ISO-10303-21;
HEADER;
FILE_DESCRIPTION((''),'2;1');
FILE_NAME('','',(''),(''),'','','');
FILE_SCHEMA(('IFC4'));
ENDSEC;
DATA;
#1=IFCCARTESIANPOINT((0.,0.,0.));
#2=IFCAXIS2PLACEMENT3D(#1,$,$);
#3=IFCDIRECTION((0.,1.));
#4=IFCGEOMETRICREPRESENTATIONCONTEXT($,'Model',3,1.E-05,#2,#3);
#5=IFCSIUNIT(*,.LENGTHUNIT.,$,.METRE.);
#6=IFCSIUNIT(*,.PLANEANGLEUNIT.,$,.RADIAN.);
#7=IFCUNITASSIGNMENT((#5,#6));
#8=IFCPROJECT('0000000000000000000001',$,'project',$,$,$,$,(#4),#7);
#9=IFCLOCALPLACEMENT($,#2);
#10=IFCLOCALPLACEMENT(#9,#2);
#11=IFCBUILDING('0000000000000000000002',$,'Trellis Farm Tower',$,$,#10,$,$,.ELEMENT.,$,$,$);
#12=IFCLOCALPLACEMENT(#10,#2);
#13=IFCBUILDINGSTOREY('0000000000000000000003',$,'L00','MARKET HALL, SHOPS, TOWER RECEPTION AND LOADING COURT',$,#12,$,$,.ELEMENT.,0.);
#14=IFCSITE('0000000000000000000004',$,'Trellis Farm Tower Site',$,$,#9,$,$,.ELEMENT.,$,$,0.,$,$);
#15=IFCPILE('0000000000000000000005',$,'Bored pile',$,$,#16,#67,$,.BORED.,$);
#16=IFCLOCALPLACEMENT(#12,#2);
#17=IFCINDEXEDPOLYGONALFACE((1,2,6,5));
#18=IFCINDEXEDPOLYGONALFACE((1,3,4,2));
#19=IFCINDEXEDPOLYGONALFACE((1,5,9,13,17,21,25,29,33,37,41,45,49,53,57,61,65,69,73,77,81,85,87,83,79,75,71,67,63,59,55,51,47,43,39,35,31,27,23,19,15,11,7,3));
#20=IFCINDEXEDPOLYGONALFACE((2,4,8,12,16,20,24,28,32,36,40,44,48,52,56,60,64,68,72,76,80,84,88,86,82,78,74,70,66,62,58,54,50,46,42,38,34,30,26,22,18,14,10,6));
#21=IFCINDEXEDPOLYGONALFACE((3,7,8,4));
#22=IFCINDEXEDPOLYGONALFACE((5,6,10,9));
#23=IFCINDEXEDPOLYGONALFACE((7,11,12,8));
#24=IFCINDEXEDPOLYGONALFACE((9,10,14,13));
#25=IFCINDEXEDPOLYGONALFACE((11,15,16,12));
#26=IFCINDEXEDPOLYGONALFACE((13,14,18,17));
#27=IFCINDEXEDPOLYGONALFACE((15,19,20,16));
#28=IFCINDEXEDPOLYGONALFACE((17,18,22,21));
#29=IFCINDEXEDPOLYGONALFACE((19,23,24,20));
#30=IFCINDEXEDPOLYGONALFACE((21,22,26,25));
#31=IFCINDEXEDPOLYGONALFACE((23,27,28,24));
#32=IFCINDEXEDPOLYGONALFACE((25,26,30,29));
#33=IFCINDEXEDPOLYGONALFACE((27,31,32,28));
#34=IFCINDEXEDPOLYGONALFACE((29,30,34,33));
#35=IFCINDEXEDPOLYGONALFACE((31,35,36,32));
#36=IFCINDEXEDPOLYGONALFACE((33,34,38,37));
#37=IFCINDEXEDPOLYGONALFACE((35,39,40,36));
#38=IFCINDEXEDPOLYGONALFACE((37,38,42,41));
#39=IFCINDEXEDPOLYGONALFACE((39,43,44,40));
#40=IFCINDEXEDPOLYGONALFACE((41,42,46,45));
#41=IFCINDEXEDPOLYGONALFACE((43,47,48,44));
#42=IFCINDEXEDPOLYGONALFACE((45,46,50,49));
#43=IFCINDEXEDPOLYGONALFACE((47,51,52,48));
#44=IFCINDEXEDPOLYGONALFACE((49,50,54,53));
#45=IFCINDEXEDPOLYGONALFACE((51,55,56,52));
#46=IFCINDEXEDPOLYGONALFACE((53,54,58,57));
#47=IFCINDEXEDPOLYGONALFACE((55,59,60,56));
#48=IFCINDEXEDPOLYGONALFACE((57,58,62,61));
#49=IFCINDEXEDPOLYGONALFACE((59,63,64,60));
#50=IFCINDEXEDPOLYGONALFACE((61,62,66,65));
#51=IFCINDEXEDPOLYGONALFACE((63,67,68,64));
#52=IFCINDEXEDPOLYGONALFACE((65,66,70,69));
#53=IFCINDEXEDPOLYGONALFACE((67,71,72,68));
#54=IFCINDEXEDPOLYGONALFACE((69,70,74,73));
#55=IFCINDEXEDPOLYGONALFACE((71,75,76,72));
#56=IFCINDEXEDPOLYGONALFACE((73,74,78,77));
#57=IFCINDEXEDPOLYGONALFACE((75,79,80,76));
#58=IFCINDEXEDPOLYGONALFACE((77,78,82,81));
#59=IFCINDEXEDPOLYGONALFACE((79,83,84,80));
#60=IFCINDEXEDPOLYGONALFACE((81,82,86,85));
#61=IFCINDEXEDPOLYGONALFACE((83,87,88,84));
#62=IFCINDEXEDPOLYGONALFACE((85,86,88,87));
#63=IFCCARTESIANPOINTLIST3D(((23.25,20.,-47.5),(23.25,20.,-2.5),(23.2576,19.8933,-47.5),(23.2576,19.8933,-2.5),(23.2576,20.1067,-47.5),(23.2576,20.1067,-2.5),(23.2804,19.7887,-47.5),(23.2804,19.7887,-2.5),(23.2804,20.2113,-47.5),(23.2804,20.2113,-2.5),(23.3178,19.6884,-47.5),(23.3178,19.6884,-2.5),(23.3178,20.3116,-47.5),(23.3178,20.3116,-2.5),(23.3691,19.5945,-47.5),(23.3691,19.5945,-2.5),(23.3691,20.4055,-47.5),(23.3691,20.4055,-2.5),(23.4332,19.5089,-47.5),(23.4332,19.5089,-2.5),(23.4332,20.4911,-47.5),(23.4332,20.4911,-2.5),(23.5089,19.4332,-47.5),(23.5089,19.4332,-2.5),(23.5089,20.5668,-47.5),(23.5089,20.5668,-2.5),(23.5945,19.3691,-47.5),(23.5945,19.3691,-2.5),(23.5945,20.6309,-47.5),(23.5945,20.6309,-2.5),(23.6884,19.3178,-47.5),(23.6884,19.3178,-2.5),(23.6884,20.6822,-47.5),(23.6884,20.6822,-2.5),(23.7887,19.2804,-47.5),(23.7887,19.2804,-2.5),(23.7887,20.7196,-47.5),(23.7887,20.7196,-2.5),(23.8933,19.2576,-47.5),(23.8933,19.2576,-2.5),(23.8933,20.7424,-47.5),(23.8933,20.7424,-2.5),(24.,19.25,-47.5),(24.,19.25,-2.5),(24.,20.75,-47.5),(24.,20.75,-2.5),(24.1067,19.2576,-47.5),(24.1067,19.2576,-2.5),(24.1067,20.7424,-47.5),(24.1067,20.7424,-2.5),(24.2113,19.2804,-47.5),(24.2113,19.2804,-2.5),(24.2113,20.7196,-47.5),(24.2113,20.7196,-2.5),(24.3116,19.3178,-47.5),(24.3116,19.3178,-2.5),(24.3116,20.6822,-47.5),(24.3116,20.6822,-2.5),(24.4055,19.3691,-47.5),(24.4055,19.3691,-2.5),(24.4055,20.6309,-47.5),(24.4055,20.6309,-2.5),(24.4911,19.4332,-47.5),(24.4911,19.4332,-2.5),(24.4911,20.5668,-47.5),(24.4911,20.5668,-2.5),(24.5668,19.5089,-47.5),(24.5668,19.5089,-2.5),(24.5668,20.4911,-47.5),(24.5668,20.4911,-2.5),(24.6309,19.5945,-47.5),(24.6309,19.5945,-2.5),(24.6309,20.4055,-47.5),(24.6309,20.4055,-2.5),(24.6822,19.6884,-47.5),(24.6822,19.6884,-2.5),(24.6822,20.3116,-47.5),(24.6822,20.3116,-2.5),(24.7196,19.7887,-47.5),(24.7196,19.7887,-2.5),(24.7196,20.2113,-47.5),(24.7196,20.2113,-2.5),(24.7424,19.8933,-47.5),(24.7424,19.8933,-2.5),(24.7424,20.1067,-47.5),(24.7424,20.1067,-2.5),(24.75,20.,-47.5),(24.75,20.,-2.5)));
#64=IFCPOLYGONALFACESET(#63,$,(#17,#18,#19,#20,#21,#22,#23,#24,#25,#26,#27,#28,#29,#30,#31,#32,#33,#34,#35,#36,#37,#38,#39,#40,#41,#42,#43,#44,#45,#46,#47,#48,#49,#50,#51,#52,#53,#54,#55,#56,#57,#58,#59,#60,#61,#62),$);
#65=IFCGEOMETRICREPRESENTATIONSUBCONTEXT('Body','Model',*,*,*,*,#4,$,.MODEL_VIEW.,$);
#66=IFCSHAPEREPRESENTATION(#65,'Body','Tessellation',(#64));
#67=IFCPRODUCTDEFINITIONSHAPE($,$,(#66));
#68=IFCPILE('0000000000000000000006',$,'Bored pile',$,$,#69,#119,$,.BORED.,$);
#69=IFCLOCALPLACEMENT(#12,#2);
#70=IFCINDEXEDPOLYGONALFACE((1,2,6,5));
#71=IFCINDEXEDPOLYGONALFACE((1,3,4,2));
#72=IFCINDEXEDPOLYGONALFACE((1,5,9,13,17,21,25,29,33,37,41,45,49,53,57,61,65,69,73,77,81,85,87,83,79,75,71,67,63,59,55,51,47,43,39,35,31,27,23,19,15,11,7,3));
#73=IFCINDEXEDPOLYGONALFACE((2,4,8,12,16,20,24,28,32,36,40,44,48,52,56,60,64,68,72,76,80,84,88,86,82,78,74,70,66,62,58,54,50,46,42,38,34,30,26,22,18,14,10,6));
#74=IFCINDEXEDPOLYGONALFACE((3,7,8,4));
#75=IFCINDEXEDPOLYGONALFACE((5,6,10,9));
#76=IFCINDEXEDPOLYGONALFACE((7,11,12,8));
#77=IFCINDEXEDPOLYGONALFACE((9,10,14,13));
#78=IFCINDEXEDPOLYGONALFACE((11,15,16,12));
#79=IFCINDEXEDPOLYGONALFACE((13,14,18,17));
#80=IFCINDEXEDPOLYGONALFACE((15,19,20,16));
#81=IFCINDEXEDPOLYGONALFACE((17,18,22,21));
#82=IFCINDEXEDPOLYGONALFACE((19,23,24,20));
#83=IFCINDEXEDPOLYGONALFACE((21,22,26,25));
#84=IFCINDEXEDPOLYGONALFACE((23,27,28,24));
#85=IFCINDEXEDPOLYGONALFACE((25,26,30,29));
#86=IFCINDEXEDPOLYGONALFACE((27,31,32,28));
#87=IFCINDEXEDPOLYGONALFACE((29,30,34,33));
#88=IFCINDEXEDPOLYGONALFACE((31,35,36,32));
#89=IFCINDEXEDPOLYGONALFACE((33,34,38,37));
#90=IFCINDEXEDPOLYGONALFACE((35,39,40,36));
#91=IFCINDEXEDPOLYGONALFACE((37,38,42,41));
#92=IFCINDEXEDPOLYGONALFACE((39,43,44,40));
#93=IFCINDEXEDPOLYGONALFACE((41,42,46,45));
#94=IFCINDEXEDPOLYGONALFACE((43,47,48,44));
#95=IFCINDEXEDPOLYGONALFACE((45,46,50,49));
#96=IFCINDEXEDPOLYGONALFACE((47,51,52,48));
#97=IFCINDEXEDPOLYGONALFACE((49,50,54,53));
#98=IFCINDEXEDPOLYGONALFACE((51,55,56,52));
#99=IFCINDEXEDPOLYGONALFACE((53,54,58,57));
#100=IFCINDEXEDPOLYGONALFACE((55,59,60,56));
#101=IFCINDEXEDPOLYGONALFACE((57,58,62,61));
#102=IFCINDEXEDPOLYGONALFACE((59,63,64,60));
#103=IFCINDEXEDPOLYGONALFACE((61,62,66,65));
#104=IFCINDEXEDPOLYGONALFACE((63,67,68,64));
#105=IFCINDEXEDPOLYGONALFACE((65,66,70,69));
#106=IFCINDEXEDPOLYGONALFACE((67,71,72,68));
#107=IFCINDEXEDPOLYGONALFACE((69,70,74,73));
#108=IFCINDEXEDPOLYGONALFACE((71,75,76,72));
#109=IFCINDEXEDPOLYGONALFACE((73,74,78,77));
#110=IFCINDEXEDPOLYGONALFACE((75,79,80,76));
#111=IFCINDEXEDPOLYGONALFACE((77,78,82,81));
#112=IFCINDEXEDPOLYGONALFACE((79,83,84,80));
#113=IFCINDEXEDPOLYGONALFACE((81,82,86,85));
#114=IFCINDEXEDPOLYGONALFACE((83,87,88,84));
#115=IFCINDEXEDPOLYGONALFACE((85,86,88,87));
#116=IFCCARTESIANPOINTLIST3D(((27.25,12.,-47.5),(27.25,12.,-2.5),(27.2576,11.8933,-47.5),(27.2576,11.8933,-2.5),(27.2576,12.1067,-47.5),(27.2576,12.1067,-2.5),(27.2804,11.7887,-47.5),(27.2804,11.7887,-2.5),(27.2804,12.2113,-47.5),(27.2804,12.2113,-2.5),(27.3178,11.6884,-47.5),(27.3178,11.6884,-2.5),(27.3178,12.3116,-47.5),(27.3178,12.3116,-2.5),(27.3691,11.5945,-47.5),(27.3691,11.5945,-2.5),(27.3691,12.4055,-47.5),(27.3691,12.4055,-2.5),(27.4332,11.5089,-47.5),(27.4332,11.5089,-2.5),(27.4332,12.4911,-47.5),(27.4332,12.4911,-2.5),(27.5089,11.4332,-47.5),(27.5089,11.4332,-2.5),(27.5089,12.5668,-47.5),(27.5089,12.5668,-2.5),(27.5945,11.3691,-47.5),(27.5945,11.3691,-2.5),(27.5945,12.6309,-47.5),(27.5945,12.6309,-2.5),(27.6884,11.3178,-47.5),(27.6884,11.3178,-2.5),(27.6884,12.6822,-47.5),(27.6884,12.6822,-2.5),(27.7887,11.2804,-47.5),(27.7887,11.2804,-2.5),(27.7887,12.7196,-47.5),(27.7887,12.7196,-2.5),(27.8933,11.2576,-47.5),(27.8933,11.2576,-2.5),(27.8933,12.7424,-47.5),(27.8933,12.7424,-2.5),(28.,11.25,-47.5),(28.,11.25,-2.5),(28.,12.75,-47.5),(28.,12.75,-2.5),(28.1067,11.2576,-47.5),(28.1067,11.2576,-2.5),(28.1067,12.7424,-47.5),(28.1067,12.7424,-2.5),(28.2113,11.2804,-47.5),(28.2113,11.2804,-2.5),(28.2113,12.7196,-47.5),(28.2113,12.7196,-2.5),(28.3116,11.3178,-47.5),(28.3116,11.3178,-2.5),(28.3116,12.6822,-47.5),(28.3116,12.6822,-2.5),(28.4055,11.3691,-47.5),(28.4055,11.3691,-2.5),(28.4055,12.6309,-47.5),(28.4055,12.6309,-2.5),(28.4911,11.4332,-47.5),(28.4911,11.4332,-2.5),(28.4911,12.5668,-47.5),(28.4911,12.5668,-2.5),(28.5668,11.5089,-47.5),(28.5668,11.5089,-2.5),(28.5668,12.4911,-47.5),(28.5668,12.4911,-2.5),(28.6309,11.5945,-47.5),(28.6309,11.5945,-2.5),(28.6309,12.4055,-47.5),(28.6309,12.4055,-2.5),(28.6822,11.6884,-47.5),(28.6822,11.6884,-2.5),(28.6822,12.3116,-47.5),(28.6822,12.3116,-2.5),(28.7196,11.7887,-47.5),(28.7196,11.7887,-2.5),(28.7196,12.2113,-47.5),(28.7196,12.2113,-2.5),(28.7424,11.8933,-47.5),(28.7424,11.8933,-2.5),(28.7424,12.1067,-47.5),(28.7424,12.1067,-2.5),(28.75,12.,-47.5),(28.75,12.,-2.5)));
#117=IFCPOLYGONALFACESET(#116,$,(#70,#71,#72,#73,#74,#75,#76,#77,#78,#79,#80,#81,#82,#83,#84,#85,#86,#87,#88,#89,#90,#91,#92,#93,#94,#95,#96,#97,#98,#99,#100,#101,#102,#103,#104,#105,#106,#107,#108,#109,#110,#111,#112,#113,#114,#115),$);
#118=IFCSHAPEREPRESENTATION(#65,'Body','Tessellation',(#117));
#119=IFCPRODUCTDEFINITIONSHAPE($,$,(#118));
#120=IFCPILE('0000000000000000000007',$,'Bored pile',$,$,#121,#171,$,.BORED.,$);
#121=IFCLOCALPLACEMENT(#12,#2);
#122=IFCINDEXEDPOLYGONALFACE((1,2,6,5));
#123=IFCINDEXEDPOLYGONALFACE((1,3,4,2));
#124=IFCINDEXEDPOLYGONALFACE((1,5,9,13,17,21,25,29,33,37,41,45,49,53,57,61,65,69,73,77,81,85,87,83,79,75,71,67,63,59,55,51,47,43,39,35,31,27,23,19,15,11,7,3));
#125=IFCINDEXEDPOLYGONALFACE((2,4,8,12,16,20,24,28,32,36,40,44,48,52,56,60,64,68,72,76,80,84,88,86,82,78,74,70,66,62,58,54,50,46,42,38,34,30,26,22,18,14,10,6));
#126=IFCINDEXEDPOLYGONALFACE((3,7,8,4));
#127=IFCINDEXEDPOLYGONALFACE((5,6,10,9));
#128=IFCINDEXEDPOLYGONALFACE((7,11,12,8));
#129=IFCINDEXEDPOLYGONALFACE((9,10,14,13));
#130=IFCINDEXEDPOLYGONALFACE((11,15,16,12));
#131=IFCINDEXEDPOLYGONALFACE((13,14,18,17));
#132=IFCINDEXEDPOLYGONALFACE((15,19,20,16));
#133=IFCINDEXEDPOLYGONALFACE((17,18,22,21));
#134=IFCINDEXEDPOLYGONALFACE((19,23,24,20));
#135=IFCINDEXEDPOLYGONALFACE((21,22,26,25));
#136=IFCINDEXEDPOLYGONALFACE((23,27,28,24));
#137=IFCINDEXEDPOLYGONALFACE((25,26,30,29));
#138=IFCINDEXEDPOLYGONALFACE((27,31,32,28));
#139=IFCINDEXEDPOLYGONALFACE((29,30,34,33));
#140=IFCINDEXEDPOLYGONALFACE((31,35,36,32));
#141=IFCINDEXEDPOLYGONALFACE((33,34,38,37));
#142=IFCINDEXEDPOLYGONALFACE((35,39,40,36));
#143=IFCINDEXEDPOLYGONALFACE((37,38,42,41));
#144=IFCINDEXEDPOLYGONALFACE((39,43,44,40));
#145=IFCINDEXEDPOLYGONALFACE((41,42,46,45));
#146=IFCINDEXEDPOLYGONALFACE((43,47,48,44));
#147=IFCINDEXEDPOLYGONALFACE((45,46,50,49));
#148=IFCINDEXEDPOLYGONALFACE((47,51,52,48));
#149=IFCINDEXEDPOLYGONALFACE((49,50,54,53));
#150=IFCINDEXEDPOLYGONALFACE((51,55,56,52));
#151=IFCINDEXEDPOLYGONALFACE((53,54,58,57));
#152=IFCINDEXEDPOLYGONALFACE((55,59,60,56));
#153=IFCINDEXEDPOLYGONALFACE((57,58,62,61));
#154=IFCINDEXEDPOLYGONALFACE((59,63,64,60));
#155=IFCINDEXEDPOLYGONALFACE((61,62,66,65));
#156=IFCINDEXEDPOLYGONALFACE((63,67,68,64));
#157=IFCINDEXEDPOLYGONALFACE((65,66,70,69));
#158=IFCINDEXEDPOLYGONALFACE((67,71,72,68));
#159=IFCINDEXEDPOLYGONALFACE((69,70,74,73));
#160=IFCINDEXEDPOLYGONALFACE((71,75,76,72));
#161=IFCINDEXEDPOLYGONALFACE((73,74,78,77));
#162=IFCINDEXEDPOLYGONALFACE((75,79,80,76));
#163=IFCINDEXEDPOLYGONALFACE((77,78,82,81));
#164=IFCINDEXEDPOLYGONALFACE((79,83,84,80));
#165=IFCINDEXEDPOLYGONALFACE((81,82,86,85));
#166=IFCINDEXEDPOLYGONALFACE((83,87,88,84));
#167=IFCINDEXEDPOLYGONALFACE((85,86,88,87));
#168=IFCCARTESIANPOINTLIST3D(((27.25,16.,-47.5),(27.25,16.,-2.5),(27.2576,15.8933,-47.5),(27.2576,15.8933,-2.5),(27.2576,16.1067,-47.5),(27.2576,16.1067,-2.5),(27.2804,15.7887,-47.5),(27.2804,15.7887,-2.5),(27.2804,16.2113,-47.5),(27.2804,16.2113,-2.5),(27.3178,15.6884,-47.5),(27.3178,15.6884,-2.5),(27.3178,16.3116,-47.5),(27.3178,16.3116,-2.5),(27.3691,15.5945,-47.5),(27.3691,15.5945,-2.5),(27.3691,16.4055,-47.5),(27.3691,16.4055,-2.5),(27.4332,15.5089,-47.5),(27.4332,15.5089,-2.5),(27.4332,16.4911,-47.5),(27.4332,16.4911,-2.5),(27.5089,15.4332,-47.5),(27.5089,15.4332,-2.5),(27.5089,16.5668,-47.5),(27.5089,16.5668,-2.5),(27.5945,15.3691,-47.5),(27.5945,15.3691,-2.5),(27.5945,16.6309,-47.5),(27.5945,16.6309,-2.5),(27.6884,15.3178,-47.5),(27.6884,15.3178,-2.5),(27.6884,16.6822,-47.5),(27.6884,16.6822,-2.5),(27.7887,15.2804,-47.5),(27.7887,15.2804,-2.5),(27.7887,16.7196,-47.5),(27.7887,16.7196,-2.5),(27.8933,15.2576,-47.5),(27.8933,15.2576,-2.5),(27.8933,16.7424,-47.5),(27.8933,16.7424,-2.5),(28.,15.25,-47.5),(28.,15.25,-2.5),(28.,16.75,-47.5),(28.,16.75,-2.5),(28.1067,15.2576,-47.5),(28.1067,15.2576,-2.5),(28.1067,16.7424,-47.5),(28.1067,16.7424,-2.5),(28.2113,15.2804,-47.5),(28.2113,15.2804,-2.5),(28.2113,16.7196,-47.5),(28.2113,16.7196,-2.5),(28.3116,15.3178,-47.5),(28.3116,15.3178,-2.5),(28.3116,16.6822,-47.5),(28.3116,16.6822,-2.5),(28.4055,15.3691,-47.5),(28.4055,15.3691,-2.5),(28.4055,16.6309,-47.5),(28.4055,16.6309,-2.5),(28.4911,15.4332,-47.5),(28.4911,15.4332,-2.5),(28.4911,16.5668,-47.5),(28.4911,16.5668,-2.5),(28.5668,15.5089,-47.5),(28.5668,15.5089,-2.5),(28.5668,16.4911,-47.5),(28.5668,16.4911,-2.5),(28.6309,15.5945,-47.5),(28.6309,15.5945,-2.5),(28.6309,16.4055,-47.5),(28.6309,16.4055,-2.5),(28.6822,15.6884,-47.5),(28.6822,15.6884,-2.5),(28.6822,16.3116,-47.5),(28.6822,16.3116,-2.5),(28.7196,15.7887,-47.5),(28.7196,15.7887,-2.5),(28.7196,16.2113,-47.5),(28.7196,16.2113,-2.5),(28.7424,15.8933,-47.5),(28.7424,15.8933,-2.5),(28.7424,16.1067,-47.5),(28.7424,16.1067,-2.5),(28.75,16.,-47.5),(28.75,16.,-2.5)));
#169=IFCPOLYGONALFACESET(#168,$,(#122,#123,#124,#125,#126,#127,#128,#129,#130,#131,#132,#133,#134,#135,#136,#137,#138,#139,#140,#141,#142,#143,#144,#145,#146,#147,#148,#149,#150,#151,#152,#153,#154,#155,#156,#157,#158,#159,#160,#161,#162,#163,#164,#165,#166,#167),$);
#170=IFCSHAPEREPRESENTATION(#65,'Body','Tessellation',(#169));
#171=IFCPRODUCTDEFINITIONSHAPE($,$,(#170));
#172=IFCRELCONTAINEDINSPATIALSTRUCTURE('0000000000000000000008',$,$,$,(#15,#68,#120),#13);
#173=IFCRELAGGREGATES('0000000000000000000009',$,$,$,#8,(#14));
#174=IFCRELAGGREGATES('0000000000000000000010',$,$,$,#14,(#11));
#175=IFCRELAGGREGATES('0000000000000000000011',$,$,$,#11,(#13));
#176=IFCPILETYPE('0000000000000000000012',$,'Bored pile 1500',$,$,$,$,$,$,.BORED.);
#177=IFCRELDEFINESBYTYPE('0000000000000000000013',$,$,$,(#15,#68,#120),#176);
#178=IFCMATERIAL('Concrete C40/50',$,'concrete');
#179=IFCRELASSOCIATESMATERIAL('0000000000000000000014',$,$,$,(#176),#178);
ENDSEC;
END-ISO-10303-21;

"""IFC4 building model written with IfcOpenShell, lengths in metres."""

from ifc_helpers import new_model, si_unit, direction, frame, origin, origin_2d, place, context, subcontext, project, spatial, circle, extrude, source, transform, mapped, material, material_profile, profile_set, type_object, element, save


model = new_model("IFC4")

# Units and contexts
model_context = context("Model", 3, precision=1e-05, world=origin(), true_north=direction((0.0, 1.0)))
body_context = subcontext(model_context, "Body", "Model", "MODEL_VIEW")
ifc_project = project(units=[si_unit("LENGTHUNIT", "METRE"), si_unit("PLANEANGLEUNIT", "RADIAN")], contexts=[model_context])

# Site, building, storey
site_placement = place(None, origin())
site = spatial("IfcSite", under=ifc_project, at=site_placement, Name="Trellis Farm Tower Site", CompositionType="ELEMENT", RefElevation=0.0)
building_placement = place(site_placement, origin())
building = spatial("IfcBuilding", under=site, at=building_placement, Name="Trellis Farm Tower", CompositionType="ELEMENT")
storey_placement = place(building_placement, origin())
storey = spatial("IfcBuildingStorey", under=building, at=storey_placement, Name="L00", Description="MARKET HALL, SHOPS, TOWER RECEPTION AND LOADING COURT", CompositionType="ELEMENT", Elevation=0.0)

# Piles
ifc_material_1 = material(Name="Concrete C40/50", Category="concrete")
ifc_material_profile_1 = material_profile(ifc_material_1, circle(Radius=0.75, at=origin_2d()), Name="Bored pile 1500")
ifc_profile_set_1 = profile_set([ifc_material_profile_1], Name="Concrete C40/50")
pile_type = type_object("IfcPileType", Name="Bored pile 1500", PredefinedType="BORED", material=ifc_profile_set_1)
shared_shape_1 = source(origin(), body_context, "Body", "SweptSolid", [
    extrude(circle(Radius=0.75, at=origin_2d()), origin(), (0.0, 0.0, 1.0), 45.0),
])
for number, where, z_axis, x_axis, name in (
    (1, (24.0, 20.0, -2.5), (0.0, 0.0, -1.0), (1.0, 0.0, 0.0), "Bored pile"),
    (2, (28.0, 12.0, -2.5), (0.0, 0.0, -1.0), (1.0, 0.0, 0.0), "Bored pile"),
    (3, (28.0, 16.0, -2.5), (0.0, 0.0, -1.0), (1.0, 0.0, 0.0), "Bored pile"),
):
    element("IfcPile", number, at=place(storey_placement, frame(where, z_axis=z_axis, x_axis=x_axis)), inside=storey, type_object=pile_type, Name=name, PredefinedType="BORED", context=body_context, shape_type="MappedRepresentation", body=[
        mapped(shared_shape_1, transform((0.0, 0.0, 0.0))),
    ])

save(model, "model.ifc")
